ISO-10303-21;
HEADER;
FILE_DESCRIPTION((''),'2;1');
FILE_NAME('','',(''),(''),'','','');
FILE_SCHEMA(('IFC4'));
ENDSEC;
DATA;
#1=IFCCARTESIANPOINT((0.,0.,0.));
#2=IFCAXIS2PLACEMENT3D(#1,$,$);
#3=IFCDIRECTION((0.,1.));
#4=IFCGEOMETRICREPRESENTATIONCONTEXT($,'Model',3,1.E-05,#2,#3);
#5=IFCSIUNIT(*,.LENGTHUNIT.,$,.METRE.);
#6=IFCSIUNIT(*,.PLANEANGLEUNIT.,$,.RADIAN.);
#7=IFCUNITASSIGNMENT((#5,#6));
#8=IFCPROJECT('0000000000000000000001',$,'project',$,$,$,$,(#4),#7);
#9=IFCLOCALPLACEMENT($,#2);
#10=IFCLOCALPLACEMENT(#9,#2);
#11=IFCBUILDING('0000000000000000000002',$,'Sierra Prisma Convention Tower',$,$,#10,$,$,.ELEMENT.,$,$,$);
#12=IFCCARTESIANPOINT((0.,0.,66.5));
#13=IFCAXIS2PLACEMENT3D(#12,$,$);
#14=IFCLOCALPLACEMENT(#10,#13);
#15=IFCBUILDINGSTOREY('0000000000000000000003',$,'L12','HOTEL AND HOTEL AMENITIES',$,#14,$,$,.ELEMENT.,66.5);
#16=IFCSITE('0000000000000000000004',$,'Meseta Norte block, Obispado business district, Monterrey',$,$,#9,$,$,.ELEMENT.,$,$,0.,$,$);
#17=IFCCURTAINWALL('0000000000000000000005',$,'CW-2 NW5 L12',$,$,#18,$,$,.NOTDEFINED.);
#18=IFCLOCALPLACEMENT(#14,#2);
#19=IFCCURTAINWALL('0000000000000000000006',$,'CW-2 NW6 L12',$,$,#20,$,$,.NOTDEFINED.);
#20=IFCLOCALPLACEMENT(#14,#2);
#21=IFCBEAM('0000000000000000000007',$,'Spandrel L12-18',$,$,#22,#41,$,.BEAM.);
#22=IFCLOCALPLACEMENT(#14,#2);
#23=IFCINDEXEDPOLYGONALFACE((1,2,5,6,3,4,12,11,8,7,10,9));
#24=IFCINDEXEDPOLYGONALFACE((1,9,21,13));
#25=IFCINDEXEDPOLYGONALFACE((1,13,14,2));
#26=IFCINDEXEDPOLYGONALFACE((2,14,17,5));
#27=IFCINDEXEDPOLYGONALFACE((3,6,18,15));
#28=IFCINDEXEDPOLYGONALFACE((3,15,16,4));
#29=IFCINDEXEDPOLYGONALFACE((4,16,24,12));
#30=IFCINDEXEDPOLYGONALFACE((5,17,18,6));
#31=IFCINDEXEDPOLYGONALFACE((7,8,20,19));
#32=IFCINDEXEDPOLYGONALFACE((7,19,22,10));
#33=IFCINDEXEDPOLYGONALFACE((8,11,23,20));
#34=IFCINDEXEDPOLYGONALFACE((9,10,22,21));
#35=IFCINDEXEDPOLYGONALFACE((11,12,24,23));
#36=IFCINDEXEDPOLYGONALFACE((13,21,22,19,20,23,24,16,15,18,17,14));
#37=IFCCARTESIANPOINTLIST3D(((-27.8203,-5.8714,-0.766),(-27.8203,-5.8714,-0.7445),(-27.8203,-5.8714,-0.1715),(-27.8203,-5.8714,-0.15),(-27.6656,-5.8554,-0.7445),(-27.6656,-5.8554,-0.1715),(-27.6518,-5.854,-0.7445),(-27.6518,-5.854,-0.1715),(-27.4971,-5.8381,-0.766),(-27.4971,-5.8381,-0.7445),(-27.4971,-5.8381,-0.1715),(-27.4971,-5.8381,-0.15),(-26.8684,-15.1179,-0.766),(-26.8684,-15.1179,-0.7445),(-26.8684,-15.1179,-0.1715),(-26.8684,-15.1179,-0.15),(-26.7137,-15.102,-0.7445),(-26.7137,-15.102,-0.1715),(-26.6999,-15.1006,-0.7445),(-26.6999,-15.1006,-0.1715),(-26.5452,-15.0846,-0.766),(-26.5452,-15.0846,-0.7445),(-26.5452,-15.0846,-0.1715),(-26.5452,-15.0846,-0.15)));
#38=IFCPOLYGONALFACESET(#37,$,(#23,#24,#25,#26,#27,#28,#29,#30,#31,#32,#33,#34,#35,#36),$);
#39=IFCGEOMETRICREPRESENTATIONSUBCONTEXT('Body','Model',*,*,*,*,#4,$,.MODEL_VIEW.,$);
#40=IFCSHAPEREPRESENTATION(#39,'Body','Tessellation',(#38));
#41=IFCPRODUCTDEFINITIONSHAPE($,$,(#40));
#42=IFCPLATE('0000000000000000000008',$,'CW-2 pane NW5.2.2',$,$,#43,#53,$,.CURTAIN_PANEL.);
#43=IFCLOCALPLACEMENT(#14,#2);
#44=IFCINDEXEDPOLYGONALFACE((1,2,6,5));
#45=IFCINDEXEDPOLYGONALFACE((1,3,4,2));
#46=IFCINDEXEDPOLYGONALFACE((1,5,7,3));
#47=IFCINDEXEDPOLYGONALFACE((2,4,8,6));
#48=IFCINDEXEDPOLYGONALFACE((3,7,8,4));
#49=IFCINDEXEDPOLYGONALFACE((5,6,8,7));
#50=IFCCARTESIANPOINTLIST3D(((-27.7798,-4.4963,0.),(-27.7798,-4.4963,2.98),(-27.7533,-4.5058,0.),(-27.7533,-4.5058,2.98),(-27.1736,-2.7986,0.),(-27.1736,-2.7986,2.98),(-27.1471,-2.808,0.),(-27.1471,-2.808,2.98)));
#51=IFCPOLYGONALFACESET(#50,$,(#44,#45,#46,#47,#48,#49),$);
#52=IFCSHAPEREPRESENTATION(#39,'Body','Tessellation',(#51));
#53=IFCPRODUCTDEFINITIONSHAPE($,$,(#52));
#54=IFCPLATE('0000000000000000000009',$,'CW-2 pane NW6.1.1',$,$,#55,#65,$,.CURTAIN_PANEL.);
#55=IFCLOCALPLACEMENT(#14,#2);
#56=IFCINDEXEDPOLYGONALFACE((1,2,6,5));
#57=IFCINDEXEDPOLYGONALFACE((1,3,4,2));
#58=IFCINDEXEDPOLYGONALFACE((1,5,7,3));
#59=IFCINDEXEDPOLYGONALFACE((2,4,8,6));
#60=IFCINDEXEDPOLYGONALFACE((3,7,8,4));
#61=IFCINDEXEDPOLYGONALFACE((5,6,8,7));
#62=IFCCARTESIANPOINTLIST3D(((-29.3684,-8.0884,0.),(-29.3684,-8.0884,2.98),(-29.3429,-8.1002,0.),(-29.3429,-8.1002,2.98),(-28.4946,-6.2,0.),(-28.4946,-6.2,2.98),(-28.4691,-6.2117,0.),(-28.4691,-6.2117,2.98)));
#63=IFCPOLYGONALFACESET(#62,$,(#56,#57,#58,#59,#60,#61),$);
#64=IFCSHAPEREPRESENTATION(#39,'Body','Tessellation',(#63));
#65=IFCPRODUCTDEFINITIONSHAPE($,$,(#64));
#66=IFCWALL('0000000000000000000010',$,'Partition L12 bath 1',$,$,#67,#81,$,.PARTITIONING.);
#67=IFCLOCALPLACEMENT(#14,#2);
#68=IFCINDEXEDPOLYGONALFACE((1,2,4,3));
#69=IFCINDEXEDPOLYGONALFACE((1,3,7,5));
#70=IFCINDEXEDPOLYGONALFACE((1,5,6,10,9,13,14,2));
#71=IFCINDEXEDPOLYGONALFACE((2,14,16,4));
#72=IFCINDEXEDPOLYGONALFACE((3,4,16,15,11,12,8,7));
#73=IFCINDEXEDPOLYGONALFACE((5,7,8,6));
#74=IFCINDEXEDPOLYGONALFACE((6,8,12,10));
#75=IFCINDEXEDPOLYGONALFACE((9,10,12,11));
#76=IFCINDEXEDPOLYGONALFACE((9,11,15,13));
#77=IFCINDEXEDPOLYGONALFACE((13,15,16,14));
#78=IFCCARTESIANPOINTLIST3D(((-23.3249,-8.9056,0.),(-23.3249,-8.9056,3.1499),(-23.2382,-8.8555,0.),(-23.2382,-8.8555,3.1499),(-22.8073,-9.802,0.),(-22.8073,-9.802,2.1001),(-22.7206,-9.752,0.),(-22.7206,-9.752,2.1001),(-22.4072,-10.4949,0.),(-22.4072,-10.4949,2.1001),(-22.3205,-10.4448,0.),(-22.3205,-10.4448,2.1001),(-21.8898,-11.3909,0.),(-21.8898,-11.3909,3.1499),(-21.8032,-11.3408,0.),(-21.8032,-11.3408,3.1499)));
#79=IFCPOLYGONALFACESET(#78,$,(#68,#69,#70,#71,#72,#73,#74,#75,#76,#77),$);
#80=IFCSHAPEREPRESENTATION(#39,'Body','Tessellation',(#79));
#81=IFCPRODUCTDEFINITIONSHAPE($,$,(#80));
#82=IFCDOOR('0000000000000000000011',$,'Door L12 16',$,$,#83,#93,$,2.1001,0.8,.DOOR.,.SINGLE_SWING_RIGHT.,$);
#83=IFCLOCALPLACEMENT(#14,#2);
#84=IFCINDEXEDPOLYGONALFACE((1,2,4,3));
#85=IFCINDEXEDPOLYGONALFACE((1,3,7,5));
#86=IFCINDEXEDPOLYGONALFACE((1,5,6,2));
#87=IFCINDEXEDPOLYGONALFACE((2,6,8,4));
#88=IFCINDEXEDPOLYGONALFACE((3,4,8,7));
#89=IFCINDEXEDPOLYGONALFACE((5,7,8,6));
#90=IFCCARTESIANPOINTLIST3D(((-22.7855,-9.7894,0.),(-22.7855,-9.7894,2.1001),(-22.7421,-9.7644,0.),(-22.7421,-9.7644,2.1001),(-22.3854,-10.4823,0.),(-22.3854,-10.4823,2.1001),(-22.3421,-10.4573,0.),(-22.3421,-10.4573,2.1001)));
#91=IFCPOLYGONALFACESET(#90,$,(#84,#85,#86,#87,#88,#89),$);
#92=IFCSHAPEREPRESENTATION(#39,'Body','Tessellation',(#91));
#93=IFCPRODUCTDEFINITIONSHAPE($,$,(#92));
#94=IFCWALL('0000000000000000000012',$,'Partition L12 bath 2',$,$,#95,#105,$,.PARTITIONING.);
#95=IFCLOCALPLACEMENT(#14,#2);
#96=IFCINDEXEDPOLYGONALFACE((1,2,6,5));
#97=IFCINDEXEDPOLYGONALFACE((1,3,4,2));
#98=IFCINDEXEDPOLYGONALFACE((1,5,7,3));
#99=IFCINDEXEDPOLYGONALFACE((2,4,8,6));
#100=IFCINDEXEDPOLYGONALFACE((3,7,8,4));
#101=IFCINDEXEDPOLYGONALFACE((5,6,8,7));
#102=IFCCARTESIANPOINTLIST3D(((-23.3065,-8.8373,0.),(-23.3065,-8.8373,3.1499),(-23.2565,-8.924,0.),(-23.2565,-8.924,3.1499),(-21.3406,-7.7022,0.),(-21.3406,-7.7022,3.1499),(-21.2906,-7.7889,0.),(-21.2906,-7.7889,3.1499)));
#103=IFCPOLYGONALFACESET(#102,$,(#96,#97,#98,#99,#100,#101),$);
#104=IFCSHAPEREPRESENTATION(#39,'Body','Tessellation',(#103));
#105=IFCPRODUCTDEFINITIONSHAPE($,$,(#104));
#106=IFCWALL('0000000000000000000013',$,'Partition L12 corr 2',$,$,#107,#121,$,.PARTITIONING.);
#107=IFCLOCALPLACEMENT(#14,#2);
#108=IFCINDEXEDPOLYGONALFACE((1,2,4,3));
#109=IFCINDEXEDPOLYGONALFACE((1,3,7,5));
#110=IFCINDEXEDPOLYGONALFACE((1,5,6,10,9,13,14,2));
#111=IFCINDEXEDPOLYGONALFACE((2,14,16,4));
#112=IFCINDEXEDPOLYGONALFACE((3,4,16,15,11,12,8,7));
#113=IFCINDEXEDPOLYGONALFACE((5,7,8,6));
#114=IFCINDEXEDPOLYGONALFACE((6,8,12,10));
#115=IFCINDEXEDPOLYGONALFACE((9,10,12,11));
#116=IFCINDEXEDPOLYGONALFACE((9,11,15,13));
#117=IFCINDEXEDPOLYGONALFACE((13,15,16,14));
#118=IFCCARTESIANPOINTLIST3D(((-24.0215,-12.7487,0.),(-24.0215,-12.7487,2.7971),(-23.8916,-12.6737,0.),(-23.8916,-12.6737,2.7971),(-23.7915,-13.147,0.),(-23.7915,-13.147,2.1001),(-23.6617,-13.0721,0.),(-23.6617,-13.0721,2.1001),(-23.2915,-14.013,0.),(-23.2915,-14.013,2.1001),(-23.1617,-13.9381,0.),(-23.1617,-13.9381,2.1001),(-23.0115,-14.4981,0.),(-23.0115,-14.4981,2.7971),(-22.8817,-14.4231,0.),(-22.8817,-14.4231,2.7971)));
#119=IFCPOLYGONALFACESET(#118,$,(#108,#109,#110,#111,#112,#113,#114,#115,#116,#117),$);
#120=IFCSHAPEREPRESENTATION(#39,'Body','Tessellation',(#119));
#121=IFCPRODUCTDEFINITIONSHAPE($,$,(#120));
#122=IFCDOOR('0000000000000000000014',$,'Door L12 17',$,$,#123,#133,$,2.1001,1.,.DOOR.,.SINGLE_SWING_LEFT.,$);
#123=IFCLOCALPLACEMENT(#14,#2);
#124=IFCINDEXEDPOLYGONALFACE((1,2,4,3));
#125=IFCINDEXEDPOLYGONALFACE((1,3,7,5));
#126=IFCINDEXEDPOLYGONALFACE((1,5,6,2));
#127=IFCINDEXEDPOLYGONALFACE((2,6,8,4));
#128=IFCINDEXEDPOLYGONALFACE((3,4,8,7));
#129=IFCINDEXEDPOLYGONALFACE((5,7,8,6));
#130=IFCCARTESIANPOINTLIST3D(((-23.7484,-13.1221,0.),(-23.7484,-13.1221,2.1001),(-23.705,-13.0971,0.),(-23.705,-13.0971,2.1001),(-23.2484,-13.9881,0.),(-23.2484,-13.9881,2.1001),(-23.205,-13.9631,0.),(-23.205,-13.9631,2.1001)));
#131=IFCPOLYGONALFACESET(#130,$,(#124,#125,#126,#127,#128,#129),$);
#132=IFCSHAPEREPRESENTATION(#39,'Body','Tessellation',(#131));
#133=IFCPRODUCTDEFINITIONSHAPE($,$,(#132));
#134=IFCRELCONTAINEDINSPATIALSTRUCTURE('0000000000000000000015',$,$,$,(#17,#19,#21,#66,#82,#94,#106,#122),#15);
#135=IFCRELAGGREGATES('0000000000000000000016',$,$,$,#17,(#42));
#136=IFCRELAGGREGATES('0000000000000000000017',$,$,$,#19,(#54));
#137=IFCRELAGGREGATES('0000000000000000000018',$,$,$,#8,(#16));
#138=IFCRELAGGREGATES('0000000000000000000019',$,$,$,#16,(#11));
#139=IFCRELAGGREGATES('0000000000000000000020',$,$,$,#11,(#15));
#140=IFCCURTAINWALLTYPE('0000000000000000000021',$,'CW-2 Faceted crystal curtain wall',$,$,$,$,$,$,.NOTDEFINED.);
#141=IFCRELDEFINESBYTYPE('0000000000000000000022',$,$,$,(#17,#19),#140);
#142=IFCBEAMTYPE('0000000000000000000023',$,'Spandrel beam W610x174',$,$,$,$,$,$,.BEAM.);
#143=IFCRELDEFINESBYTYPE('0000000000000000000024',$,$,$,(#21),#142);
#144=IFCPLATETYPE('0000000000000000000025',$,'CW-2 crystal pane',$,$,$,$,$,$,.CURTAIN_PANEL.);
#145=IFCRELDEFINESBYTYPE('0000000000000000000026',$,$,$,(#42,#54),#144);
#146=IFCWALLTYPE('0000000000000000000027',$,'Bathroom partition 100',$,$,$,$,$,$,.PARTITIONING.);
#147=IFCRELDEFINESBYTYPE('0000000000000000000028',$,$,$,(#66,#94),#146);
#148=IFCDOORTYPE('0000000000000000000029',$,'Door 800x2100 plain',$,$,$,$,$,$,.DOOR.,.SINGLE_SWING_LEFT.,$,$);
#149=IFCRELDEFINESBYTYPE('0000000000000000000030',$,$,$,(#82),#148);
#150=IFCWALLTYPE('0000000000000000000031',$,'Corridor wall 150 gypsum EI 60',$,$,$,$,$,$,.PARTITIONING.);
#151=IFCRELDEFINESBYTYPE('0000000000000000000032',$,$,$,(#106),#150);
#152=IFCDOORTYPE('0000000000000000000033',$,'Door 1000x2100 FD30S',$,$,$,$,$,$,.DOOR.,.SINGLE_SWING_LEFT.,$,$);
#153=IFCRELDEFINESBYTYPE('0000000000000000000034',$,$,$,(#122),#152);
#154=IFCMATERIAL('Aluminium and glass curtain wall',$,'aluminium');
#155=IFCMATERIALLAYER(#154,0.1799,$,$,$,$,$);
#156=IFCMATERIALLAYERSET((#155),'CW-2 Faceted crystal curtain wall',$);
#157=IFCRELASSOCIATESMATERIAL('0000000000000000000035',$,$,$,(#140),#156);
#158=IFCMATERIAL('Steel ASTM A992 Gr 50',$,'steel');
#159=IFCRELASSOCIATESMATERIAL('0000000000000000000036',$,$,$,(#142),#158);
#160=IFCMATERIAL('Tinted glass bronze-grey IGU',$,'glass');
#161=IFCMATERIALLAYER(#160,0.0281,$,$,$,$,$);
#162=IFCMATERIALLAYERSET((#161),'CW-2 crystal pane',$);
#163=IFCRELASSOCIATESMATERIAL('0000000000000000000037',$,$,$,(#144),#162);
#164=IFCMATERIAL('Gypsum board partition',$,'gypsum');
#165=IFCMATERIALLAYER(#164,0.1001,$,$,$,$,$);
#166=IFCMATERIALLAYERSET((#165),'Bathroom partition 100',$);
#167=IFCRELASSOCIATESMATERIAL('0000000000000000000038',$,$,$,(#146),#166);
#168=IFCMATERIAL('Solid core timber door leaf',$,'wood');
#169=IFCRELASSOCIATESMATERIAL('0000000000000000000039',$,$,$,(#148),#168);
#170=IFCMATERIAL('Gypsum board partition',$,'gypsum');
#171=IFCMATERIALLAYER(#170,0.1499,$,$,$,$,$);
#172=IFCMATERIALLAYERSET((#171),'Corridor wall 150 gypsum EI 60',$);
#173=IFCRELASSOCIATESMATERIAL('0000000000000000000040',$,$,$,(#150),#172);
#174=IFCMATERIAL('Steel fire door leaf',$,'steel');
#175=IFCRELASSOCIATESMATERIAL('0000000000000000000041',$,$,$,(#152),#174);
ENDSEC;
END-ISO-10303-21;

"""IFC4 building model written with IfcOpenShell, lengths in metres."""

from ifc_helpers import new_model, si_unit, direction, frame, frame_2d, origin, origin_2d, place, context, subcontext, project, spatial, polyline, rectangle, i_section, outline, extrude, material, layer, layer_set, material_profile, profile_set, type_object, element, fill, aggregate, save


model = new_model("IFC4")

# Units and contexts
model_context = context("Model", 3, precision=1e-05, world=origin(), true_north=direction((0.0, 1.0)))
body_context = subcontext(model_context, "Body", "Model", "MODEL_VIEW")
ifc_project = project(units=[si_unit("LENGTHUNIT", "METRE"), si_unit("PLANEANGLEUNIT", "RADIAN")], contexts=[model_context])

# Site, building, storey
site_placement = place(None, origin())
site = spatial("IfcSite", under=ifc_project, at=site_placement, Name="Meseta Norte block, Obispado business district, Monterrey", CompositionType="ELEMENT", RefElevation=0.0)
building_placement = place(site_placement, origin())
building = spatial("IfcBuilding", under=site, at=building_placement, Name="Sierra Prisma Convention Tower", CompositionType="ELEMENT")
storey_placement = place(building_placement, frame((0.0, 0.0, 66.5)))
storey = spatial("IfcBuildingStorey", under=building, at=storey_placement, Name="L12", Description="HOTEL AND HOTEL AMENITIES", CompositionType="ELEMENT", Elevation=66.5)

# Curtain wall
ifc_material_1 = material(Name="Aluminium and glass curtain wall", Category="aluminium")
ifc_layer_1 = layer(ifc_material_1, 0.1799)
ifc_layer_set_1 = layer_set([ifc_layer_1], Name="CW-2 Faceted crystal curtain wall")
curtain_wall_type = type_object("IfcCurtainWallType", Name="CW-2 Faceted crystal curtain wall", PredefinedType="NOTDEFINED", material=ifc_layer_set_1)
curtain_wall_1_placement = place(storey_placement, origin())
curtain_wall_1 = element("IfcCurtainWall", 1, at=curtain_wall_1_placement, inside=storey, type_object=curtain_wall_type, Name="CW-2 NW5 L12", PredefinedType="NOTDEFINED")

# Curtain wall
curtain_wall_2_placement = place(storey_placement, origin())
curtain_wall_2 = element("IfcCurtainWall", 2, at=curtain_wall_2_placement, inside=storey, type_object=curtain_wall_type, Name="CW-2 NW6 L12", PredefinedType="NOTDEFINED")

# Beam
ifc_material_2 = material(Name="Steel ASTM A992 Gr 50", Category="steel")
ifc_material_profile_1 = material_profile(ifc_material_2, i_section(OverallWidth=0.325, OverallDepth=0.616, WebThickness=0.0139, FlangeThickness=0.0215, at=origin_2d()), Name="W610x174")
ifc_profile_set_1 = profile_set([ifc_material_profile_1], Name="Steel ASTM A992 Gr 50")
beam_type_1 = type_object("IfcBeamType", Name="Spandrel beam W610x174", PredefinedType="BEAM", material=ifc_profile_set_1)
beam_1_placement = place(storey_placement, frame((-27.6587, -5.8547, -0.458), z_axis=(0.102405, -0.994743, 0.0), x_axis=(0.994743, 0.102405, 0.0)))
element("IfcBeam", 3, at=beam_1_placement, inside=storey, type_object=beam_type_1, Name="Spandrel L12-18", PredefinedType="BEAM", context=body_context, shape_type="SweptSolid", body=[
    extrude(i_section(OverallWidth=0.325, OverallDepth=0.616, WebThickness=0.0139, FlangeThickness=0.0215, at=origin_2d()), origin(), (0.0, 0.0, 1.0), 9.2954),
])

# Plates
ifc_material_3 = material(Name="Tinted glass bronze-grey IGU", Category="glass")
ifc_layer_2 = layer(ifc_material_3, 0.0281)
ifc_layer_set_2 = layer_set([ifc_layer_2], Name="CW-2 crystal pane")
plate_type = type_object("IfcPlateType", Name="CW-2 crystal pane", PredefinedType="CURTAIN_PANEL", material=ifc_layer_set_2)
plate_1_placement = place(storey_placement, frame((-27.7798, -4.4963, 0.0), z_axis=(-0.941766, 0.336268, 0.0), x_axis=(0.336268, 0.941766, 0.0)))
plate_1 = element("IfcPlate", 4, at=plate_1_placement, type_object=plate_type, Name="CW-2 pane NW5.2.2", PredefinedType="CURTAIN_PANEL", context=body_context, shape_type="SweptSolid", body=[
    extrude(outline(polyline([(0.0, 0.0), (1.8027, 0.0), (1.8027, -2.98), (0.0, -2.98), (0.0, 0.0)])), origin(), (0.0, 0.0, -1.0), 0.0281),
])
aggregate(curtain_wall_1, [plate_1])
plate_2_placement = place(storey_placement, frame((-28.4946, -6.2, 0.0), z_axis=(-0.907557, 0.419929, 0.0), x_axis=(-0.419929, -0.907557, 0.0)))
plate_2 = element("IfcPlate", 5, at=plate_2_placement, type_object=plate_type, Name="CW-2 pane NW6.1.1", PredefinedType="CURTAIN_PANEL", context=body_context, shape_type="SweptSolid", body=[
    extrude(outline(polyline([(0.0, 0.0), (2.0808, 0.0), (2.0808, 2.98), (0.0, 2.98), (0.0, 0.0)])), origin(), (0.0, 0.0, -1.0), 0.0281),
])
aggregate(curtain_wall_2, [plate_2])

# Wall, opening, door
ifc_material_4 = material(Name="Gypsum board partition", Category="gypsum")
ifc_layer_3 = layer(ifc_material_4, 0.1001)
ifc_layer_set_3 = layer_set([ifc_layer_3], Name="Bathroom partition 100")
wall_type_1 = type_object("IfcWallType", Name="Bathroom partition 100", PredefinedType="PARTITIONING", material=ifc_layer_set_3)
wall_1_placement = place(storey_placement, frame((-21.8464, -11.366, 0.0), z_axis=(0.0, 0.0, 1.0), x_axis=(-0.500037, 0.866004, 0.0)))
wall_1 = element("IfcWall", 6, at=wall_1_placement, inside=storey, type_object=wall_type_1, Name="Partition L12 bath 1", PredefinedType="PARTITIONING", context=body_context, shape_type="SweptSolid", body=[
    extrude(rectangle(XDim=2.8699, YDim=0.1001, at=frame_2d((1.4351, 0.0))), origin(), (0.0, 0.0, 1.0), 3.1499),
])
opening_1_placement = place(wall_1_placement, frame((1.0349, 0.0, 0.0)))
opening_1 = element("IfcOpeningElement", 7, at=opening_1_placement, cuts=wall_1, PredefinedType="OPENING", context=body_context, shape_type="SweptSolid", body=[
    extrude(rectangle(XDim=0.8, YDim=2.1001, at=frame_2d((0.3999, 1.05))), frame((0.0, 0.05, 0.0), z_axis=(0.0, -1.0, 0.0), x_axis=(1.0, 0.0, 0.0)), (0.0, 0.0, 1.0), 0.1001),
])
ifc_material_5 = material(Name="Solid core timber door leaf", Category="wood")
door_type_1 = type_object("IfcDoorType", Name="Door 800x2100 plain", OperationType="SINGLE_SWING_LEFT", PredefinedType="DOOR", material=ifc_material_5)
door_1_placement = place(opening_1_placement, origin())
door_1 = element("IfcDoor", 8, at=door_1_placement, inside=storey, type_object=door_type_1, Name="Door L12 16", OperationType="SINGLE_SWING_RIGHT", OverallHeight=2.1001, OverallWidth=0.8, PredefinedType="DOOR", context=body_context, shape_type="SweptSolid", body=[
    extrude(rectangle(XDim=0.8, YDim=2.1001, at=frame_2d((0.3999, 1.05))), frame((0.0, 0.0249, 0.0), z_axis=(0.0, -1.0, 0.0), x_axis=(1.0, 0.0, 0.0)), (0.0, 0.0, 1.0), 0.05),
])
fill(opening_1, door_1)

# Wall
wall_2_placement = place(storey_placement, frame((-23.2815, -8.8806, 0.0), z_axis=(0.0, 0.0, 1.0), x_axis=(0.866017, 0.500014, 0.0)))
element("IfcWall", 9, at=wall_2_placement, inside=storey, type_object=wall_type_1, Name="Partition L12 bath 2", PredefinedType="PARTITIONING", context=body_context, shape_type="SweptSolid", body=[
    extrude(rectangle(XDim=2.27, YDim=0.1001, at=frame_2d((1.135, 0.0))), origin(), (0.0, 0.0, 1.0), 3.1499),
])

# Wall, opening, door
ifc_material_6 = material(Name="Gypsum board partition", Category="gypsum")
ifc_layer_4 = layer(ifc_material_6, 0.1499)
ifc_layer_set_4 = layer_set([ifc_layer_4], Name="Corridor wall 150 gypsum EI 60")
wall_type_2 = type_object("IfcWallType", Name="Corridor wall 150 gypsum EI 60", PredefinedType="PARTITIONING", material=ifc_layer_set_4)
wall_3_placement = place(storey_placement, frame((-23.9565, -12.7112, 0.0), z_axis=(0.0, 0.0, 1.0), x_axis=(0.499974, -0.866041, 0.0)))
wall_3 = element("IfcWall", 10, at=wall_3_placement, inside=storey, type_object=wall_type_2, Name="Partition L12 corr 2", PredefinedType="PARTITIONING", context=body_context, shape_type="SweptSolid", body=[
    extrude(rectangle(XDim=2.02, YDim=0.1499, at=frame_2d((1.01, 0.0))), origin(), (0.0, 0.0, 1.0), 2.7971),
])
opening_2_placement = place(wall_3_placement, frame((0.46, 0.0, 0.0)))
opening_2 = element("IfcOpeningElement", 11, at=opening_2_placement, cuts=wall_3, PredefinedType="OPENING", context=body_context, shape_type="SweptSolid", body=[
    extrude(rectangle(XDim=1.0, YDim=2.1001, at=frame_2d((0.5, 1.05))), frame((0.0, 0.075, 0.0), z_axis=(0.0, -1.0, 0.0), x_axis=(1.0, 0.0, 0.0)), (0.0, 0.0, 1.0), 0.1499),
])
ifc_material_7 = material(Name="Steel fire door leaf", Category="steel")
door_type_2 = type_object("IfcDoorType", Name="Door 1000x2100 FD30S", OperationType="SINGLE_SWING_LEFT", PredefinedType="DOOR", material=ifc_material_7)
door_2_placement = place(opening_2_placement, origin())
door_2 = element("IfcDoor", 12, at=door_2_placement, inside=storey, type_object=door_type_2, Name="Door L12 17", OperationType="SINGLE_SWING_LEFT", OverallHeight=2.1001, OverallWidth=1.0, PredefinedType="DOOR", context=body_context, shape_type="SweptSolid", body=[
    extrude(rectangle(XDim=1.0, YDim=2.1001, at=frame_2d((0.5, 1.05))), frame((0.0, 0.0249, 0.0), z_axis=(0.0, -1.0, 0.0), x_axis=(1.0, 0.0, 0.0)), (0.0, 0.0, 1.0), 0.05),
])
fill(opening_2, door_2)

save(model, "model.ifc")
